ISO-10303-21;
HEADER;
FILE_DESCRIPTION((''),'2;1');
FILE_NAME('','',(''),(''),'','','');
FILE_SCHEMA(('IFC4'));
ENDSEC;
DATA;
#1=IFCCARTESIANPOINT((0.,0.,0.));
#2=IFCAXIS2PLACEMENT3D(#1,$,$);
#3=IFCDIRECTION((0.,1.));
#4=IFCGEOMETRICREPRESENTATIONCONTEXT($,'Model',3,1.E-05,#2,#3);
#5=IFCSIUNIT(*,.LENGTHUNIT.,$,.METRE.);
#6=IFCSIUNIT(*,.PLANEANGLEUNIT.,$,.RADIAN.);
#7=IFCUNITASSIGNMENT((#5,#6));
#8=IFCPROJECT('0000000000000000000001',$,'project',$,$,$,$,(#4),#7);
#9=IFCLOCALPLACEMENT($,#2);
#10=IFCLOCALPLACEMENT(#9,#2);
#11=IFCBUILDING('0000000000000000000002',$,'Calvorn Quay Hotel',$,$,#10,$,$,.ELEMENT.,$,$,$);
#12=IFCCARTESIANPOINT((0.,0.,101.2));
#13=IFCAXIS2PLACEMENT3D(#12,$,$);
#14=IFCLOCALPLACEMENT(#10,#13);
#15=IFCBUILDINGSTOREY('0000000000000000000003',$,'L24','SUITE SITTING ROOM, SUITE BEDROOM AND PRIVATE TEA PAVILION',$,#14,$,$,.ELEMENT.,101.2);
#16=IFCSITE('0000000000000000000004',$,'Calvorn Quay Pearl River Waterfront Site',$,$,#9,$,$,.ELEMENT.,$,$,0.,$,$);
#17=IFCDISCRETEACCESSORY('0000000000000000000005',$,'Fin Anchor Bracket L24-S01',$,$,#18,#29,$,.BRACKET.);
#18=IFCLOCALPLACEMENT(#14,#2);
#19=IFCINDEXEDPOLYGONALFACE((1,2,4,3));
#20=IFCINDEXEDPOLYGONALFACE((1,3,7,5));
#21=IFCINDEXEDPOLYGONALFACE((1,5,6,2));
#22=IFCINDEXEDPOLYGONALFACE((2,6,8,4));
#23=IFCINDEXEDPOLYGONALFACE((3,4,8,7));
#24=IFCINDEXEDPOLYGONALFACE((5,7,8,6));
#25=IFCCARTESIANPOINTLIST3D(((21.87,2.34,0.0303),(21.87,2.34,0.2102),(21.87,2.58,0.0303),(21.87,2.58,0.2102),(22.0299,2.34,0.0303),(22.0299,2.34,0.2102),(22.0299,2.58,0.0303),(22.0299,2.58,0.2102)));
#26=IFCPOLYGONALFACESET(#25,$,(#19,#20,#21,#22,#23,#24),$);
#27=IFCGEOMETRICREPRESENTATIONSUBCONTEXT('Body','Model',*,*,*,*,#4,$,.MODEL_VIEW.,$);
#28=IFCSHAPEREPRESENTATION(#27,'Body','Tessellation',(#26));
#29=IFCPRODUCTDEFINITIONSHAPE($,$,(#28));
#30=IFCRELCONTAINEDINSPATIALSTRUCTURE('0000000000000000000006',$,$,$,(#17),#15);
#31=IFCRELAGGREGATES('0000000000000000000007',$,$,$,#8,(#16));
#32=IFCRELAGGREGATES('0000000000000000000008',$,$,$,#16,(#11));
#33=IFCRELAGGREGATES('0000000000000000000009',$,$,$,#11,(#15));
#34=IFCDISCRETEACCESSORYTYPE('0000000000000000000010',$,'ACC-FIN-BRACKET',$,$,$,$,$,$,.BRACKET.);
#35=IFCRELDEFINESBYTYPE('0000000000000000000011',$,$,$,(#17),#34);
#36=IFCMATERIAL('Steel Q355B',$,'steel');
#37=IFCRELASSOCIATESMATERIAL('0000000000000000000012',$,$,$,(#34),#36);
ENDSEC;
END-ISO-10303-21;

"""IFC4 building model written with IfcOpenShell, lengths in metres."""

from ifc_helpers import new_model, si_unit, direction, frame, origin, origin_2d, place, context, subcontext, project, spatial, rectangle, extrude, material, type_object, element, save


model = new_model("IFC4")

# Units and contexts
model_context = context("Model", 3, precision=1e-05, world=origin(), true_north=direction((0.0, 1.0)))
body_context = subcontext(model_context, "Body", "Model", "MODEL_VIEW")
ifc_project = project(units=[si_unit("LENGTHUNIT", "METRE"), si_unit("PLANEANGLEUNIT", "RADIAN")], contexts=[model_context])

# Site, building, storey
site_placement = place(None, origin())
site = spatial("IfcSite", under=ifc_project, at=site_placement, Name="Calvorn Quay Pearl River Waterfront Site", CompositionType="ELEMENT", RefElevation=0.0)
building_placement = place(site_placement, origin())
building = spatial("IfcBuilding", under=site, at=building_placement, Name="Calvorn Quay Hotel", CompositionType="ELEMENT")
storey_placement = place(building_placement, frame((0.0, 0.0, 101.2)))
storey = spatial("IfcBuildingStorey", under=building, at=storey_placement, Name="L24", Description="SUITE SITTING ROOM, SUITE BEDROOM AND PRIVATE TEA PAVILION", CompositionType="ELEMENT", Elevation=101.2)

# Discrete accessory
ifc_material_1 = material(Name="Steel Q355B", Category="steel")
discrete_accessory_type = type_object("IfcDiscreteAccessoryType", Name="ACC-FIN-BRACKET", PredefinedType="BRACKET", material=ifc_material_1)
discrete_accessory_placement = place(storey_placement, frame((21.95, 2.46, 0.0303), z_axis=(0.0, 0.0, 1.0), x_axis=(0.0, 1.0, 0.0)))
element("IfcDiscreteAccessory", 1, at=discrete_accessory_placement, inside=storey, type_object=discrete_accessory_type, Name="Fin Anchor Bracket L24-S01", PredefinedType="BRACKET", context=body_context, shape_type="SweptSolid", body=[
    extrude(rectangle(XDim=0.24, YDim=0.1599, at=origin_2d()), origin(), (0.0, 0.0, 1.0), 0.1799),
])

save(model, "model.ifc")
